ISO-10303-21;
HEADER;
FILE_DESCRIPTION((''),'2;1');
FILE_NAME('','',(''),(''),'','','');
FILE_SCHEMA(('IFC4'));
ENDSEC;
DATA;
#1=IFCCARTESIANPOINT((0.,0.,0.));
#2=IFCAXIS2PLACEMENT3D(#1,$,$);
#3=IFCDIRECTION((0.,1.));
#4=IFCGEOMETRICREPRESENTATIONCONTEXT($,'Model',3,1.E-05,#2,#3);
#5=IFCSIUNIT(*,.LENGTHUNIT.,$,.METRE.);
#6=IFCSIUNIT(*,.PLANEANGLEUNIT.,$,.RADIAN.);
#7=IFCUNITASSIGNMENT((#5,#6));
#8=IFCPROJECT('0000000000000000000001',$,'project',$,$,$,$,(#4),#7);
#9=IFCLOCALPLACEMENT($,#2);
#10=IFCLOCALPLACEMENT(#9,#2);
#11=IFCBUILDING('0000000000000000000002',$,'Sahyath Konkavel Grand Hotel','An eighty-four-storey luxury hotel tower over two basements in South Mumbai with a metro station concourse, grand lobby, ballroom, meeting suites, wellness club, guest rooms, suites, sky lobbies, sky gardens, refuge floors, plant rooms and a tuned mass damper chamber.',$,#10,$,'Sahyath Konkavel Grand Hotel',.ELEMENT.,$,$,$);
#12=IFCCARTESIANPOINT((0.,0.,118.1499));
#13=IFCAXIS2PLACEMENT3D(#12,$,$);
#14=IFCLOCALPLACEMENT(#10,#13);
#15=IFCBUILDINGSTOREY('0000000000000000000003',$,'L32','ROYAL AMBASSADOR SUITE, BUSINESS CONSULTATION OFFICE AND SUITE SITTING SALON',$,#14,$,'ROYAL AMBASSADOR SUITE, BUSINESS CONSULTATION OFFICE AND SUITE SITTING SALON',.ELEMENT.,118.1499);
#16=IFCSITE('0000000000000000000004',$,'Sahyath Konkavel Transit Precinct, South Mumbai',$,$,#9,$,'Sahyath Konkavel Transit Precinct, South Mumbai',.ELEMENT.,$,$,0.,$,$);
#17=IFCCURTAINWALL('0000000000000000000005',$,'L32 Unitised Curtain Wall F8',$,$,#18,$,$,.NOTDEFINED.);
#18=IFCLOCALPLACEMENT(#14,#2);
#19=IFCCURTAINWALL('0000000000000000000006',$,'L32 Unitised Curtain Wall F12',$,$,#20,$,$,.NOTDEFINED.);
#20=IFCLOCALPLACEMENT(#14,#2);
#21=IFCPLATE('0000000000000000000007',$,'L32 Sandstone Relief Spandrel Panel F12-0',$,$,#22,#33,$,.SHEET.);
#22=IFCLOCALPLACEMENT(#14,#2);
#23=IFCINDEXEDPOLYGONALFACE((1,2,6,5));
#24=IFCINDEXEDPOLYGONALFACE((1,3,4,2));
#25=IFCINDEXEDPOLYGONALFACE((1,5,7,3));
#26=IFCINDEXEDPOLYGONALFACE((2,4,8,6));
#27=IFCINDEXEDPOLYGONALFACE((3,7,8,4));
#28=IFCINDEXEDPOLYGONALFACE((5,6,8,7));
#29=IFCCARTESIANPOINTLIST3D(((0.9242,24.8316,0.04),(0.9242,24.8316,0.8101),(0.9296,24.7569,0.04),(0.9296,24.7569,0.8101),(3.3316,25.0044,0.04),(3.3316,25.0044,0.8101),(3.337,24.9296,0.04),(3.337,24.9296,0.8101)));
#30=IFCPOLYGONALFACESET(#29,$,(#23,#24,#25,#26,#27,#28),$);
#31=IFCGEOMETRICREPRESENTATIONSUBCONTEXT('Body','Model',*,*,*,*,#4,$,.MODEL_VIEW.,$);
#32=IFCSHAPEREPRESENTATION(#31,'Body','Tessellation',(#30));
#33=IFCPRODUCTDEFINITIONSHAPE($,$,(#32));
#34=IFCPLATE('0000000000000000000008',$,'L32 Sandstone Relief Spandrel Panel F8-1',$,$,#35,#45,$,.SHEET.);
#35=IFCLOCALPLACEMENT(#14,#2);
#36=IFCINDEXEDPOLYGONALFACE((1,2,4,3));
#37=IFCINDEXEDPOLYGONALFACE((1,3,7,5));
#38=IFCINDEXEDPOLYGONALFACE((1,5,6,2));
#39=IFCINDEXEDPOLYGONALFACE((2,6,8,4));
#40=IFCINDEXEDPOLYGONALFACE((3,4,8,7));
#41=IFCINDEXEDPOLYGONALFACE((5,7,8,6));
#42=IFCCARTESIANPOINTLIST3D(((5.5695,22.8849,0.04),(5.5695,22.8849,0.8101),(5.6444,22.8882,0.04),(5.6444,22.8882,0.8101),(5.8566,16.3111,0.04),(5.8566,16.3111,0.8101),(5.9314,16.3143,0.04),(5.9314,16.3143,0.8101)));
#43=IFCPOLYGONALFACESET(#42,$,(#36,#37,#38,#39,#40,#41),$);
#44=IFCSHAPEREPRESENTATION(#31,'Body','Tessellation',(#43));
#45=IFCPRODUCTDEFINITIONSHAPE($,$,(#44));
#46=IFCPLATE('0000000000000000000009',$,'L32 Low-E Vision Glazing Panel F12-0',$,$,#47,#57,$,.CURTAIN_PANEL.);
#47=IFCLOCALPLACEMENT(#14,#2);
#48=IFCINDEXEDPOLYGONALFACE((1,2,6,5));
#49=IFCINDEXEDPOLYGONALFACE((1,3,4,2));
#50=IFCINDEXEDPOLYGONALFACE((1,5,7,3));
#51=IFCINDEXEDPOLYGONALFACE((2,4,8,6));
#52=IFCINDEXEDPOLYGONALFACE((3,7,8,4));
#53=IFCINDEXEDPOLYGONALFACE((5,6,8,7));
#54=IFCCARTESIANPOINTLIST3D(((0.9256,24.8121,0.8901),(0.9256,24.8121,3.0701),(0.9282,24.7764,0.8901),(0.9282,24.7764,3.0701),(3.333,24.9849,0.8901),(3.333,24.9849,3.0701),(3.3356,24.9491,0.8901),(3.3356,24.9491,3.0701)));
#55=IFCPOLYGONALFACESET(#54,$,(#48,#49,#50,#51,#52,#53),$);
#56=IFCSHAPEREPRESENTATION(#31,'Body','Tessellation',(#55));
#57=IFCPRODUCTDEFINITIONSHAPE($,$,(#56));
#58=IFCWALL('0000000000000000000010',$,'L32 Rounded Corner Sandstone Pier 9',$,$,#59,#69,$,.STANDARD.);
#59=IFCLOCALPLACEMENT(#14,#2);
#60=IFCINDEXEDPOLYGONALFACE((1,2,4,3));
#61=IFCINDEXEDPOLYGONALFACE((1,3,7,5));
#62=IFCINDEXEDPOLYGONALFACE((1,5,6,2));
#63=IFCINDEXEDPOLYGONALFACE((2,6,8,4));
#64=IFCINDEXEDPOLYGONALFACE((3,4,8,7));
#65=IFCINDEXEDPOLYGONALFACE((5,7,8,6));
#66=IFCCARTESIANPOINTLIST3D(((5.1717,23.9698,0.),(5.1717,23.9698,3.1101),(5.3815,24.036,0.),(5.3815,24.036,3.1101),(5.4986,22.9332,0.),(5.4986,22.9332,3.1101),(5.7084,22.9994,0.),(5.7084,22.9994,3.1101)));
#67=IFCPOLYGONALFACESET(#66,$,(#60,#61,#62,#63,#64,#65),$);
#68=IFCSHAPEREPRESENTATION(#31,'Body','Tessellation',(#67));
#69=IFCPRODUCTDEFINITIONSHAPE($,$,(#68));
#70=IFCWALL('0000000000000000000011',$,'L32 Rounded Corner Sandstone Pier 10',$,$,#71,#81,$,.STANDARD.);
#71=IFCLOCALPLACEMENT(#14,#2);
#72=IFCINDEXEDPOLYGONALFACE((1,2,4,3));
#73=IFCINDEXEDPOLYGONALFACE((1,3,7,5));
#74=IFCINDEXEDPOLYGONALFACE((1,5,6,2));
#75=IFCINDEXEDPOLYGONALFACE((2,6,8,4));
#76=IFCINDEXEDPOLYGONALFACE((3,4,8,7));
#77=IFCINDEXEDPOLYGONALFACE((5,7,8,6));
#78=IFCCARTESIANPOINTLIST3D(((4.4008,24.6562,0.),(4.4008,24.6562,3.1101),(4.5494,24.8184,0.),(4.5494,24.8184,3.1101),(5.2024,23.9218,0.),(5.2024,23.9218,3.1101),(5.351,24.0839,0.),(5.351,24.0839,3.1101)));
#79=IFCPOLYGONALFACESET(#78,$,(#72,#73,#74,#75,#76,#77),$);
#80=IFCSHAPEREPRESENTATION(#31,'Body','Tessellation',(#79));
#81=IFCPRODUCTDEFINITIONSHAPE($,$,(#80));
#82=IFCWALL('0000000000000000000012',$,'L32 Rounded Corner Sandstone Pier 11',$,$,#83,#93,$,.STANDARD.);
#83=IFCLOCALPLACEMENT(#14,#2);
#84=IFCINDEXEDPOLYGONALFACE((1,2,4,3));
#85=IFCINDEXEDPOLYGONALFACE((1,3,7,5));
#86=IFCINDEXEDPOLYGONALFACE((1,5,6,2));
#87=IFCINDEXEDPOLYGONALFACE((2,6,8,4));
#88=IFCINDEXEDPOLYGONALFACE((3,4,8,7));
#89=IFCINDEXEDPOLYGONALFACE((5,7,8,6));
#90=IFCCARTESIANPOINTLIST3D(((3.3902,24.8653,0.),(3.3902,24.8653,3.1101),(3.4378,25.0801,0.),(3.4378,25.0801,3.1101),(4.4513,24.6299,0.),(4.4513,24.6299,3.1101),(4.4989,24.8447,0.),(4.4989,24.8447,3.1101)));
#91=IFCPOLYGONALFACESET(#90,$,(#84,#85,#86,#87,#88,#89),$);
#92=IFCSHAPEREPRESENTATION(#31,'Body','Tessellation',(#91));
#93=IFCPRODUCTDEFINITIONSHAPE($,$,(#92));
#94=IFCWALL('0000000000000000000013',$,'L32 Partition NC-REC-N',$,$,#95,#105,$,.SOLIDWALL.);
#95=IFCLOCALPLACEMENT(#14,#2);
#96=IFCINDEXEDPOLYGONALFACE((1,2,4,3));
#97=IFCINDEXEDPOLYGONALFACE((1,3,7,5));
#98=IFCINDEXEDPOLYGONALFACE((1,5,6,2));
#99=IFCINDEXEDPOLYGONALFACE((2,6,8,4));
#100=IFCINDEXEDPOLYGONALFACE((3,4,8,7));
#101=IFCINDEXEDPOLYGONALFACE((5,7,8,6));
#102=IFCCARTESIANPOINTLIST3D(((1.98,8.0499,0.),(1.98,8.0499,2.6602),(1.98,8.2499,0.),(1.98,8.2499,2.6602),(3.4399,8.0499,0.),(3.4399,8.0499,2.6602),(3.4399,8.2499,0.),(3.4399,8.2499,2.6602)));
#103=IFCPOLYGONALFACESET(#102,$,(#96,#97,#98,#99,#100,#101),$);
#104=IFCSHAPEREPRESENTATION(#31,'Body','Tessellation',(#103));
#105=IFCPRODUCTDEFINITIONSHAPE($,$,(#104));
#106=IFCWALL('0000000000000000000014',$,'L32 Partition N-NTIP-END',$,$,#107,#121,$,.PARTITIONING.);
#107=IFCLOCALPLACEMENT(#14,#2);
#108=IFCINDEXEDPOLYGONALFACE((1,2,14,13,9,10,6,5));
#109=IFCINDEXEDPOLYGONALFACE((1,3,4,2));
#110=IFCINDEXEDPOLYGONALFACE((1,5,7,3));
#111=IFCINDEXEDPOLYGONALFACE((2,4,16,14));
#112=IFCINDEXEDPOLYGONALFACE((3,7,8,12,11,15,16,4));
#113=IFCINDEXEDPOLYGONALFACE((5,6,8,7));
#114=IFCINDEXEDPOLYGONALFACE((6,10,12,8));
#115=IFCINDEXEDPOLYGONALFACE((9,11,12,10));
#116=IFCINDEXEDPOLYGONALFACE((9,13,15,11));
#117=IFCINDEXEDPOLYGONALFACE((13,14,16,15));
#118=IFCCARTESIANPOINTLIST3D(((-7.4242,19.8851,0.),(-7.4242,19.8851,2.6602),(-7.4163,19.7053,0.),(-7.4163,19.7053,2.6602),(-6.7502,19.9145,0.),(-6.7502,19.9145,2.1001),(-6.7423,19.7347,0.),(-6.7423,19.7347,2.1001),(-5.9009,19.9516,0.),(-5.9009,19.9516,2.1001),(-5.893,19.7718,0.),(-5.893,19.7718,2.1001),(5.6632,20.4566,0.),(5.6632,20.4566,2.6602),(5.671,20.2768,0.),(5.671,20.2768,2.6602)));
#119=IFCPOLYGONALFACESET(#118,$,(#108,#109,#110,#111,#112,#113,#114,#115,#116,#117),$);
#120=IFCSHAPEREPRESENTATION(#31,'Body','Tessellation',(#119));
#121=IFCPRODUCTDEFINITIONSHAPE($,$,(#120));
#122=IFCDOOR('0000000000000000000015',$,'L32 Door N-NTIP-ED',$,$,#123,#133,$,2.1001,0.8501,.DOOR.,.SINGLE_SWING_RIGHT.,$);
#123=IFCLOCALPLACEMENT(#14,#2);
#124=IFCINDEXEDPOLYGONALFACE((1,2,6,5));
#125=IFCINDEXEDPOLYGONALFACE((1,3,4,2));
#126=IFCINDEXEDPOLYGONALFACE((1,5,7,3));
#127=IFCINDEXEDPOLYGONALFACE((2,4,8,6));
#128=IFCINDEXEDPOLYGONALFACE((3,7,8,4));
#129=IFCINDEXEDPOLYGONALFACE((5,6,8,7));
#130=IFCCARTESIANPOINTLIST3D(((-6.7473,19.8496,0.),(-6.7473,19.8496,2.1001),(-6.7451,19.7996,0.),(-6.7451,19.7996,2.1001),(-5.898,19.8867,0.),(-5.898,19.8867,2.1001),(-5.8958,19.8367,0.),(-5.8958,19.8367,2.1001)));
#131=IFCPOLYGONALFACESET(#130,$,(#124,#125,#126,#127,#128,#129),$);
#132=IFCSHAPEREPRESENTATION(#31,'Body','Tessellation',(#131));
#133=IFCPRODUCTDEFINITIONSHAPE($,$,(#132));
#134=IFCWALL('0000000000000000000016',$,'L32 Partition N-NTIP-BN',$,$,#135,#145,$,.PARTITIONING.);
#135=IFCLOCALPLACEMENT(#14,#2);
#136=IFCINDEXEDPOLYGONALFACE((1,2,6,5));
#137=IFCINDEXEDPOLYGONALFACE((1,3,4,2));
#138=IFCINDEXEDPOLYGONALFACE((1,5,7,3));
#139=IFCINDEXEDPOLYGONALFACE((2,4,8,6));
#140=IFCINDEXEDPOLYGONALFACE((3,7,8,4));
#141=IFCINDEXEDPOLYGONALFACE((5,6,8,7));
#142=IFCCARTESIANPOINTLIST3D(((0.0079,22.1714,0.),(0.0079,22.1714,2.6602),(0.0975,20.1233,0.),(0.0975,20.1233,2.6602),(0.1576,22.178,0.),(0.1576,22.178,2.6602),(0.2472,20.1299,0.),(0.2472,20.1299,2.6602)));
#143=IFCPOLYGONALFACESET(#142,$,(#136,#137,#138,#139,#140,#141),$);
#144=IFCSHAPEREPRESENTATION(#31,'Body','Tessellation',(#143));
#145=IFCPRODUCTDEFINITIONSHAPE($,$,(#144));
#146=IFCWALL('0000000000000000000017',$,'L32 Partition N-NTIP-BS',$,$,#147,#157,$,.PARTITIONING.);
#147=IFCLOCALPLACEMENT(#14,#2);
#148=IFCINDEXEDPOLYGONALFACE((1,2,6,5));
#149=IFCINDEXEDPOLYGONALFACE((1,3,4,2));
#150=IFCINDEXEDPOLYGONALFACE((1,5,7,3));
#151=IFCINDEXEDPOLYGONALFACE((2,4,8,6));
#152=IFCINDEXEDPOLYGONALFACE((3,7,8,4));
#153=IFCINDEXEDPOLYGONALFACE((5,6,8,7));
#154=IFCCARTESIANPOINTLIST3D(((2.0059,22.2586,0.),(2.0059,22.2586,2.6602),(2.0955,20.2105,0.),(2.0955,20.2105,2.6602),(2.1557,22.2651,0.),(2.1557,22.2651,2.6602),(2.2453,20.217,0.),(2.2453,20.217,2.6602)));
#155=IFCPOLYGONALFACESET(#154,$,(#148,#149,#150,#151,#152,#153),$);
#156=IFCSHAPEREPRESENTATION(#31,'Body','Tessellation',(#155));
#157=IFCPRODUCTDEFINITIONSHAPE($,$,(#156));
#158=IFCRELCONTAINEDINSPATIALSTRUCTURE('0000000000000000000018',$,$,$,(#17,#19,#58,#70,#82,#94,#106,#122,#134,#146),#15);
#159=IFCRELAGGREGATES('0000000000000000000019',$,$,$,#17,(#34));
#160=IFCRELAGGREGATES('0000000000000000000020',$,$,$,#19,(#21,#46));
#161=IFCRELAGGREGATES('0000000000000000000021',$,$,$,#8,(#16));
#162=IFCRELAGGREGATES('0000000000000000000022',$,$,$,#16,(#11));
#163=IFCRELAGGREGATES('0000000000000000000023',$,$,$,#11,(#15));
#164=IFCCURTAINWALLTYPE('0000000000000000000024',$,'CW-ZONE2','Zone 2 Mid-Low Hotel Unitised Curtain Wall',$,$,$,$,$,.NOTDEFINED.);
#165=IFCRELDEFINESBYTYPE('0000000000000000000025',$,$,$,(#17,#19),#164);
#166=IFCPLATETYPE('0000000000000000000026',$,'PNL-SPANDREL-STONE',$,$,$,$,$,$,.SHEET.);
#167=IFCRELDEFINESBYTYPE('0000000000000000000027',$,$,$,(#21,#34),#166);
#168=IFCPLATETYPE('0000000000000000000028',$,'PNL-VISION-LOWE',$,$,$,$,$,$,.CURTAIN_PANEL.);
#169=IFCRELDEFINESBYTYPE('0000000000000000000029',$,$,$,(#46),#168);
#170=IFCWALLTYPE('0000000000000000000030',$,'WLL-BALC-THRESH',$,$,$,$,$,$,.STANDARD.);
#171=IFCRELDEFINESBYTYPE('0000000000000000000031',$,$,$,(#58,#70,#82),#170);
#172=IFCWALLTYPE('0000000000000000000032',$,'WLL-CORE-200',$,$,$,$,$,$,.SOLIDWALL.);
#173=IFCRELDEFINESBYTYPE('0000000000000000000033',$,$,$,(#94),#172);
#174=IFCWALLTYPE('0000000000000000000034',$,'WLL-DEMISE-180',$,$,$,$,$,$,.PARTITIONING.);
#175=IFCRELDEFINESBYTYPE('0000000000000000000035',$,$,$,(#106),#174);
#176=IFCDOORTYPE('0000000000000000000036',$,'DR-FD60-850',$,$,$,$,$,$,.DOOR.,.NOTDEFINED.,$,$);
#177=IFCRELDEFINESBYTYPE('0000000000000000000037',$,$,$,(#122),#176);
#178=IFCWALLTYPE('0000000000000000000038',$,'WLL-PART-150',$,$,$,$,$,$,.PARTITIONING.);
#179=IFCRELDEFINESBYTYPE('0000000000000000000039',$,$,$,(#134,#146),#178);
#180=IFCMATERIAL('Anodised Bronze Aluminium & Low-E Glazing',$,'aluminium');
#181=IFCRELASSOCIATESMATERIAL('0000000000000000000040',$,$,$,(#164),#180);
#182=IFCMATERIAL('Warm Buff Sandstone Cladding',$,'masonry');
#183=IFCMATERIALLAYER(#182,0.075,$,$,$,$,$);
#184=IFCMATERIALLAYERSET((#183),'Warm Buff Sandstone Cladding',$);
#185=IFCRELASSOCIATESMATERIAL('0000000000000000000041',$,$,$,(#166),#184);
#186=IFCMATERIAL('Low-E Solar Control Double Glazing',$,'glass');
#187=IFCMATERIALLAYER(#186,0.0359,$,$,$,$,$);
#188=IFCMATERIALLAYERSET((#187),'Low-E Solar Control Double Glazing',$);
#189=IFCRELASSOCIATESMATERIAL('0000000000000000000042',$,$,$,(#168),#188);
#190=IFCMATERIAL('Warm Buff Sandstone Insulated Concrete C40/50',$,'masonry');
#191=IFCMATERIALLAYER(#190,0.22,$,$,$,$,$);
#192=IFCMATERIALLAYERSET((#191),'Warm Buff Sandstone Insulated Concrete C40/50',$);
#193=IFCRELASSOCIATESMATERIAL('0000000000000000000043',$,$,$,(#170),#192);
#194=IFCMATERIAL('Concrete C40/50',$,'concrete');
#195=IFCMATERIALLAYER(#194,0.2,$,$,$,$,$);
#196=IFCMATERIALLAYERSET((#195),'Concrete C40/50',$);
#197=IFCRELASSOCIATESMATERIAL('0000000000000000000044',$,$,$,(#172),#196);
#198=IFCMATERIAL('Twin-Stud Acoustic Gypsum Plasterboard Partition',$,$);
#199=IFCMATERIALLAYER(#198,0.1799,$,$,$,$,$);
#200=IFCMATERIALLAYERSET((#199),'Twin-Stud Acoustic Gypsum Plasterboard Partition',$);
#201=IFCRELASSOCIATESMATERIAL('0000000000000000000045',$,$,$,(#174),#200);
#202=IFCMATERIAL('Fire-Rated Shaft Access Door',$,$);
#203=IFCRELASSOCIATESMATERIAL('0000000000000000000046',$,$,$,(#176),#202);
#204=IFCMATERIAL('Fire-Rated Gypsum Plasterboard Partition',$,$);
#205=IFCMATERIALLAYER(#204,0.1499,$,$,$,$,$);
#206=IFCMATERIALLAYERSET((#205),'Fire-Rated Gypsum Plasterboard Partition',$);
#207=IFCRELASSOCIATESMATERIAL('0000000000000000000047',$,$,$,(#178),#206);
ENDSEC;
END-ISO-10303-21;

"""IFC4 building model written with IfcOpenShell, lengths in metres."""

from ifc_helpers import new_model, si_unit, direction, frame, frame_2d, origin, origin_2d, place, context, subcontext, project, spatial, rectangle, extrude, source, transform, mapped, material, layer, layer_set, type_object, element, fill, aggregate, save


model = new_model("IFC4")

# Units and contexts
model_context = context("Model", 3, precision=1e-05, world=origin(), true_north=direction((0.0, 1.0)))
body_context = subcontext(model_context, "Body", "Model", "MODEL_VIEW")
ifc_project = project(units=[si_unit("LENGTHUNIT", "METRE"), si_unit("PLANEANGLEUNIT", "RADIAN")], contexts=[model_context])

# Site, building, storey
site_placement = place(None, origin())
site = spatial("IfcSite", under=ifc_project, at=site_placement, Name="Sahyath Konkavel Transit Precinct, South Mumbai", LongName="Sahyath Konkavel Transit Precinct, South Mumbai", CompositionType="ELEMENT", RefElevation=0.0)
building_placement = place(site_placement, origin())
building = spatial("IfcBuilding", under=site, at=building_placement, Name="Sahyath Konkavel Grand Hotel", Description="An eighty-four-storey luxury hotel tower over two basements in South Mumbai with a metro station concourse, grand lobby, ballroom, meeting suites, wellness club, guest rooms, suites, sky lobbies, sky gardens, refuge floors, plant rooms and a tuned mass damper chamber.", LongName="Sahyath Konkavel Grand Hotel", CompositionType="ELEMENT")
storey_placement = place(building_placement, frame((0.0, 0.0, 118.1499)))
storey = spatial("IfcBuildingStorey", under=building, at=storey_placement, Name="L32", Description="ROYAL AMBASSADOR SUITE, BUSINESS CONSULTATION OFFICE AND SUITE SITTING SALON", LongName="ROYAL AMBASSADOR SUITE, BUSINESS CONSULTATION OFFICE AND SUITE SITTING SALON", CompositionType="ELEMENT", Elevation=118.1499)

# Curtain wall
ifc_material_1 = material(Name="Anodised Bronze Aluminium & Low-E Glazing", Category="aluminium")
curtain_wall_type = type_object("IfcCurtainWallType", Name="CW-ZONE2", Description="Zone 2 Mid-Low Hotel Unitised Curtain Wall", PredefinedType="NOTDEFINED", material=ifc_material_1)
curtain_wall_1_placement = place(storey_placement, origin())
curtain_wall_1 = element("IfcCurtainWall", 1, at=curtain_wall_1_placement, inside=storey, type_object=curtain_wall_type, Name="L32 Unitised Curtain Wall F8", PredefinedType="NOTDEFINED")

# Curtain wall, plate
curtain_wall_2_placement = place(storey_placement, origin())
curtain_wall_2 = element("IfcCurtainWall", 2, at=curtain_wall_2_placement, inside=storey, type_object=curtain_wall_type, Name="L32 Unitised Curtain Wall F12", PredefinedType="NOTDEFINED")
ifc_material_2 = material(Name="Warm Buff Sandstone Cladding", Category="masonry")
ifc_layer_1 = layer(ifc_material_2, 0.075)
ifc_layer_set_1 = layer_set([ifc_layer_1], Name="Warm Buff Sandstone Cladding")
plate_type_1 = type_object("IfcPlateType", Name="PNL-SPANDREL-STONE", PredefinedType="SHEET", material=ifc_layer_set_1)
shared_shape_1 = source(origin(), body_context, "Body", "SweptSolid", [
    extrude(rectangle(XDim=2.4136, YDim=0.075, at=origin_2d()), origin(), (0.0, 0.0, 1.0), 0.77),
])
plate_1_placement = place(storey_placement, frame((2.1306, 24.8806, 0.04), z_axis=(0.0, 0.0, 1.0), x_axis=(-0.997436, -0.071567, 0.0)))
plate_1 = element("IfcPlate", 3, at=plate_1_placement, type_object=plate_type_1, Name="L32 Sandstone Relief Spandrel Panel F12-0", PredefinedType="SHEET", context=body_context, shape_type="MappedRepresentation", body=[
    mapped(shared_shape_1, transform((0.0, 0.0, 0.0), scale=1.0)),
])

# Plates
shared_shape_2 = source(origin(), body_context, "Body", "SweptSolid", [
    extrude(rectangle(XDim=6.5801, YDim=0.075, at=origin_2d()), origin(), (0.0, 0.0, 1.0), 0.77),
])
plate_2_placement = place(storey_placement, frame((5.7505, 19.5996, 0.04), z_axis=(0.0, 0.0, 1.0), x_axis=(-0.043619, 0.999048, 0.0)))
plate_2 = element("IfcPlate", 4, at=plate_2_placement, type_object=plate_type_1, Name="L32 Sandstone Relief Spandrel Panel F8-1", PredefinedType="SHEET", context=body_context, shape_type="MappedRepresentation", body=[
    mapped(shared_shape_2, transform((0.0, 0.0, 0.0), scale=1.0)),
])
aggregate(curtain_wall_1, [plate_2])
ifc_material_3 = material(Name="Low-E Solar Control Double Glazing", Category="glass")
ifc_layer_2 = layer(ifc_material_3, 0.0359)
ifc_layer_set_2 = layer_set([ifc_layer_2], Name="Low-E Solar Control Double Glazing")
plate_type_2 = type_object("IfcPlateType", Name="PNL-VISION-LOWE", PredefinedType="CURTAIN_PANEL", material=ifc_layer_set_2)
shared_shape_3 = source(origin(), body_context, "Body", "SweptSolid", [
    extrude(rectangle(XDim=2.4136, YDim=0.0359, at=origin_2d()), origin(), (0.0, 0.0, 1.0), 2.1799),
])
plate_3_placement = place(storey_placement, frame((2.1306, 24.8806, 0.8901), z_axis=(0.0, 0.0, 1.0), x_axis=(-0.997436, -0.071567, 0.0)))
plate_3 = element("IfcPlate", 5, at=plate_3_placement, type_object=plate_type_2, Name="L32 Low-E Vision Glazing Panel F12-0", PredefinedType="CURTAIN_PANEL", context=body_context, shape_type="MappedRepresentation", body=[
    mapped(shared_shape_3, transform((0.0, 0.0, 0.0), scale=1.0)),
])
aggregate(curtain_wall_2, [plate_1, plate_3])

# Walls
ifc_material_4 = material(Name="Warm Buff Sandstone Insulated Concrete C40/50", Category="masonry")
ifc_layer_3 = layer(ifc_material_4, 0.22)
ifc_layer_set_3 = layer_set([ifc_layer_3], Name="Warm Buff Sandstone Insulated Concrete C40/50")
wall_type_1 = type_object("IfcWallType", Name="WLL-BALC-THRESH", PredefinedType="STANDARD", material=ifc_layer_set_3)
wall_1_placement = place(storey_placement, frame((5.6035, 22.9663, 0.0), z_axis=(0.0, 0.0, 1.0), x_axis=(-0.300755, 0.953701, 0.0)))
element("IfcWall", 6, at=wall_1_placement, inside=storey, type_object=wall_type_1, Name="L32 Rounded Corner Sandstone Pier 9", PredefinedType="STANDARD", context=body_context, shape_type="SweptSolid", body=[
    extrude(rectangle(XDim=1.0869, YDim=0.22, at=frame_2d((0.5435, 0.0))), origin(), (0.0, 0.0, 1.0), 3.1101),
])
wall_2_placement = place(storey_placement, frame((5.2766, 24.0029, 0.0), z_axis=(0.0, 0.0, 1.0), x_axis=(-0.737313, 0.675552, 0.0)))
element("IfcWall", 7, at=wall_2_placement, inside=storey, type_object=wall_type_1, Name="L32 Rounded Corner Sandstone Pier 10", PredefinedType="STANDARD", context=body_context, shape_type="SweptSolid", body=[
    extrude(rectangle(XDim=1.0872, YDim=0.22, at=frame_2d((0.5435, 0.0))), origin(), (0.0, 0.0, 1.0), 3.1101),
])
wall_3_placement = place(storey_placement, frame((4.4751, 24.7373, 0.0), z_axis=(0.0, 0.0, 1.0), x_axis=(-0.976272, 0.21655, 0.0)))
element("IfcWall", 8, at=wall_3_placement, inside=storey, type_object=wall_type_1, Name="L32 Rounded Corner Sandstone Pier 11", PredefinedType="STANDARD", context=body_context, shape_type="SweptSolid", body=[
    extrude(rectangle(XDim=1.0869, YDim=0.22, at=frame_2d((0.5435, 0.0))), origin(), (0.0, 0.0, 1.0), 3.1101),
])
ifc_material_5 = material(Name="Concrete C40/50", Category="concrete")
ifc_layer_4 = layer(ifc_material_5, 0.2)
ifc_layer_set_4 = layer_set([ifc_layer_4], Name="Concrete C40/50")
wall_type_2 = type_object("IfcWallType", Name="WLL-CORE-200", PredefinedType="SOLIDWALL", material=ifc_layer_set_4)
wall_4_placement = place(storey_placement, frame((1.98, 8.1499, 0.0), z_axis=(0.0, 0.0, 1.0), x_axis=(1.0, 0.0, 0.0)))
element("IfcWall", 9, at=wall_4_placement, inside=storey, type_object=wall_type_2, Name="L32 Partition NC-REC-N", PredefinedType="SOLIDWALL", context=body_context, shape_type="SweptSolid", body=[
    extrude(rectangle(XDim=1.46, YDim=0.2, at=frame_2d((0.73, 0.0))), origin(), (0.0, 0.0, 1.0), 2.6602),
])

# Wall, opening, door
ifc_material_6 = material(Name="Twin-Stud Acoustic Gypsum Plasterboard Partition")
ifc_layer_5 = layer(ifc_material_6, 0.1799)
ifc_layer_set_5 = layer_set([ifc_layer_5], Name="Twin-Stud Acoustic Gypsum Plasterboard Partition")
wall_type_3 = type_object("IfcWallType", Name="WLL-DEMISE-180", PredefinedType="PARTITIONING", material=ifc_layer_set_5)
wall_5_placement = place(storey_placement, frame((5.667, 20.3667, 0.0), z_axis=(0.0, 0.0, 1.0), x_axis=(-0.999048, -0.043629, 0.0)))
wall_5 = element("IfcWall", 10, at=wall_5_placement, inside=storey, type_object=wall_type_3, Name="L32 Partition N-NTIP-END", PredefinedType="PARTITIONING", context=body_context, shape_type="SweptSolid", body=[
    extrude(rectangle(XDim=13.0999, YDim=0.1799, at=frame_2d((6.5498, 0.0))), origin(), (0.0, 0.0, 1.0), 2.6602),
])
opening_1_placement = place(wall_5_placement, frame((11.575, 0.0, 0.0)))
opening_1 = element("IfcOpeningElement", 11, at=opening_1_placement, cuts=wall_5, PredefinedType="OPENING", context=body_context, shape_type="SweptSolid", body=[
    extrude(rectangle(XDim=0.8501, YDim=2.1001, at=frame_2d((0.425, 1.05))), frame((0.0, 0.1001, 0.0), z_axis=(0.0, -1.0, 0.0), x_axis=(1.0, 0.0, 0.0)), (0.0, 0.0, 1.0), 0.2),
])
ifc_material_7 = material(Name="Fire-Rated Shaft Access Door")
door_type_1 = type_object("IfcDoorType", Name="DR-FD60-850", OperationType="NOTDEFINED", PredefinedType="DOOR", material=ifc_material_7)
shared_shape_4 = source(origin(), body_context, "Body", "SweptSolid", [
    extrude(rectangle(XDim=0.8501, YDim=0.05, at=origin_2d()), origin(), (0.0, 0.0, 1.0), 2.1001),
])
door_1_placement = place(opening_1_placement, frame((0.425, 0.0, 0.0)))
door_1 = element("IfcDoor", 12, at=door_1_placement, inside=storey, type_object=door_type_1, Name="L32 Door N-NTIP-ED", OperationType="SINGLE_SWING_RIGHT", OverallHeight=2.1001, OverallWidth=0.8501, PredefinedType="DOOR", context=body_context, shape_type="MappedRepresentation", body=[
    mapped(shared_shape_4, transform((0.0, 0.0, 0.0), scale=1.0)),
])
fill(opening_1, door_1)

# Walls
ifc_material_8 = material(Name="Fire-Rated Gypsum Plasterboard Partition")
ifc_layer_6 = layer(ifc_material_8, 0.1499)
ifc_layer_set_6 = layer_set([ifc_layer_6], Name="Fire-Rated Gypsum Plasterboard Partition")
wall_type_4 = type_object("IfcWallType", Name="WLL-PART-150", PredefinedType="PARTITIONING", material=ifc_layer_set_6)
for number, where, z_axis, x_axis, name in (
    (13, (0.1724, 20.1267, 0.0), (0.0, 0.0, 1.0), (-0.043706, 0.999044, 0.0), "L32 Partition N-NTIP-BN"),
    (14, (2.1704, 20.2139, 0.0), (0.0, 0.0, 1.0), (-0.043706, 0.999044, 0.0), "L32 Partition N-NTIP-BS"),
):
    element("IfcWall", number, at=place(storey_placement, frame(where, z_axis=z_axis, x_axis=x_axis)), inside=storey, type_object=wall_type_4, Name=name, PredefinedType="PARTITIONING", context=body_context, shape_type="SweptSolid", body=[
        extrude(rectangle(XDim=2.05, YDim=0.1499, at=frame_2d((1.0249, 0.0))), origin(), (0.0, 0.0, 1.0), 2.6602),
    ])

save(model, "model.ifc")
